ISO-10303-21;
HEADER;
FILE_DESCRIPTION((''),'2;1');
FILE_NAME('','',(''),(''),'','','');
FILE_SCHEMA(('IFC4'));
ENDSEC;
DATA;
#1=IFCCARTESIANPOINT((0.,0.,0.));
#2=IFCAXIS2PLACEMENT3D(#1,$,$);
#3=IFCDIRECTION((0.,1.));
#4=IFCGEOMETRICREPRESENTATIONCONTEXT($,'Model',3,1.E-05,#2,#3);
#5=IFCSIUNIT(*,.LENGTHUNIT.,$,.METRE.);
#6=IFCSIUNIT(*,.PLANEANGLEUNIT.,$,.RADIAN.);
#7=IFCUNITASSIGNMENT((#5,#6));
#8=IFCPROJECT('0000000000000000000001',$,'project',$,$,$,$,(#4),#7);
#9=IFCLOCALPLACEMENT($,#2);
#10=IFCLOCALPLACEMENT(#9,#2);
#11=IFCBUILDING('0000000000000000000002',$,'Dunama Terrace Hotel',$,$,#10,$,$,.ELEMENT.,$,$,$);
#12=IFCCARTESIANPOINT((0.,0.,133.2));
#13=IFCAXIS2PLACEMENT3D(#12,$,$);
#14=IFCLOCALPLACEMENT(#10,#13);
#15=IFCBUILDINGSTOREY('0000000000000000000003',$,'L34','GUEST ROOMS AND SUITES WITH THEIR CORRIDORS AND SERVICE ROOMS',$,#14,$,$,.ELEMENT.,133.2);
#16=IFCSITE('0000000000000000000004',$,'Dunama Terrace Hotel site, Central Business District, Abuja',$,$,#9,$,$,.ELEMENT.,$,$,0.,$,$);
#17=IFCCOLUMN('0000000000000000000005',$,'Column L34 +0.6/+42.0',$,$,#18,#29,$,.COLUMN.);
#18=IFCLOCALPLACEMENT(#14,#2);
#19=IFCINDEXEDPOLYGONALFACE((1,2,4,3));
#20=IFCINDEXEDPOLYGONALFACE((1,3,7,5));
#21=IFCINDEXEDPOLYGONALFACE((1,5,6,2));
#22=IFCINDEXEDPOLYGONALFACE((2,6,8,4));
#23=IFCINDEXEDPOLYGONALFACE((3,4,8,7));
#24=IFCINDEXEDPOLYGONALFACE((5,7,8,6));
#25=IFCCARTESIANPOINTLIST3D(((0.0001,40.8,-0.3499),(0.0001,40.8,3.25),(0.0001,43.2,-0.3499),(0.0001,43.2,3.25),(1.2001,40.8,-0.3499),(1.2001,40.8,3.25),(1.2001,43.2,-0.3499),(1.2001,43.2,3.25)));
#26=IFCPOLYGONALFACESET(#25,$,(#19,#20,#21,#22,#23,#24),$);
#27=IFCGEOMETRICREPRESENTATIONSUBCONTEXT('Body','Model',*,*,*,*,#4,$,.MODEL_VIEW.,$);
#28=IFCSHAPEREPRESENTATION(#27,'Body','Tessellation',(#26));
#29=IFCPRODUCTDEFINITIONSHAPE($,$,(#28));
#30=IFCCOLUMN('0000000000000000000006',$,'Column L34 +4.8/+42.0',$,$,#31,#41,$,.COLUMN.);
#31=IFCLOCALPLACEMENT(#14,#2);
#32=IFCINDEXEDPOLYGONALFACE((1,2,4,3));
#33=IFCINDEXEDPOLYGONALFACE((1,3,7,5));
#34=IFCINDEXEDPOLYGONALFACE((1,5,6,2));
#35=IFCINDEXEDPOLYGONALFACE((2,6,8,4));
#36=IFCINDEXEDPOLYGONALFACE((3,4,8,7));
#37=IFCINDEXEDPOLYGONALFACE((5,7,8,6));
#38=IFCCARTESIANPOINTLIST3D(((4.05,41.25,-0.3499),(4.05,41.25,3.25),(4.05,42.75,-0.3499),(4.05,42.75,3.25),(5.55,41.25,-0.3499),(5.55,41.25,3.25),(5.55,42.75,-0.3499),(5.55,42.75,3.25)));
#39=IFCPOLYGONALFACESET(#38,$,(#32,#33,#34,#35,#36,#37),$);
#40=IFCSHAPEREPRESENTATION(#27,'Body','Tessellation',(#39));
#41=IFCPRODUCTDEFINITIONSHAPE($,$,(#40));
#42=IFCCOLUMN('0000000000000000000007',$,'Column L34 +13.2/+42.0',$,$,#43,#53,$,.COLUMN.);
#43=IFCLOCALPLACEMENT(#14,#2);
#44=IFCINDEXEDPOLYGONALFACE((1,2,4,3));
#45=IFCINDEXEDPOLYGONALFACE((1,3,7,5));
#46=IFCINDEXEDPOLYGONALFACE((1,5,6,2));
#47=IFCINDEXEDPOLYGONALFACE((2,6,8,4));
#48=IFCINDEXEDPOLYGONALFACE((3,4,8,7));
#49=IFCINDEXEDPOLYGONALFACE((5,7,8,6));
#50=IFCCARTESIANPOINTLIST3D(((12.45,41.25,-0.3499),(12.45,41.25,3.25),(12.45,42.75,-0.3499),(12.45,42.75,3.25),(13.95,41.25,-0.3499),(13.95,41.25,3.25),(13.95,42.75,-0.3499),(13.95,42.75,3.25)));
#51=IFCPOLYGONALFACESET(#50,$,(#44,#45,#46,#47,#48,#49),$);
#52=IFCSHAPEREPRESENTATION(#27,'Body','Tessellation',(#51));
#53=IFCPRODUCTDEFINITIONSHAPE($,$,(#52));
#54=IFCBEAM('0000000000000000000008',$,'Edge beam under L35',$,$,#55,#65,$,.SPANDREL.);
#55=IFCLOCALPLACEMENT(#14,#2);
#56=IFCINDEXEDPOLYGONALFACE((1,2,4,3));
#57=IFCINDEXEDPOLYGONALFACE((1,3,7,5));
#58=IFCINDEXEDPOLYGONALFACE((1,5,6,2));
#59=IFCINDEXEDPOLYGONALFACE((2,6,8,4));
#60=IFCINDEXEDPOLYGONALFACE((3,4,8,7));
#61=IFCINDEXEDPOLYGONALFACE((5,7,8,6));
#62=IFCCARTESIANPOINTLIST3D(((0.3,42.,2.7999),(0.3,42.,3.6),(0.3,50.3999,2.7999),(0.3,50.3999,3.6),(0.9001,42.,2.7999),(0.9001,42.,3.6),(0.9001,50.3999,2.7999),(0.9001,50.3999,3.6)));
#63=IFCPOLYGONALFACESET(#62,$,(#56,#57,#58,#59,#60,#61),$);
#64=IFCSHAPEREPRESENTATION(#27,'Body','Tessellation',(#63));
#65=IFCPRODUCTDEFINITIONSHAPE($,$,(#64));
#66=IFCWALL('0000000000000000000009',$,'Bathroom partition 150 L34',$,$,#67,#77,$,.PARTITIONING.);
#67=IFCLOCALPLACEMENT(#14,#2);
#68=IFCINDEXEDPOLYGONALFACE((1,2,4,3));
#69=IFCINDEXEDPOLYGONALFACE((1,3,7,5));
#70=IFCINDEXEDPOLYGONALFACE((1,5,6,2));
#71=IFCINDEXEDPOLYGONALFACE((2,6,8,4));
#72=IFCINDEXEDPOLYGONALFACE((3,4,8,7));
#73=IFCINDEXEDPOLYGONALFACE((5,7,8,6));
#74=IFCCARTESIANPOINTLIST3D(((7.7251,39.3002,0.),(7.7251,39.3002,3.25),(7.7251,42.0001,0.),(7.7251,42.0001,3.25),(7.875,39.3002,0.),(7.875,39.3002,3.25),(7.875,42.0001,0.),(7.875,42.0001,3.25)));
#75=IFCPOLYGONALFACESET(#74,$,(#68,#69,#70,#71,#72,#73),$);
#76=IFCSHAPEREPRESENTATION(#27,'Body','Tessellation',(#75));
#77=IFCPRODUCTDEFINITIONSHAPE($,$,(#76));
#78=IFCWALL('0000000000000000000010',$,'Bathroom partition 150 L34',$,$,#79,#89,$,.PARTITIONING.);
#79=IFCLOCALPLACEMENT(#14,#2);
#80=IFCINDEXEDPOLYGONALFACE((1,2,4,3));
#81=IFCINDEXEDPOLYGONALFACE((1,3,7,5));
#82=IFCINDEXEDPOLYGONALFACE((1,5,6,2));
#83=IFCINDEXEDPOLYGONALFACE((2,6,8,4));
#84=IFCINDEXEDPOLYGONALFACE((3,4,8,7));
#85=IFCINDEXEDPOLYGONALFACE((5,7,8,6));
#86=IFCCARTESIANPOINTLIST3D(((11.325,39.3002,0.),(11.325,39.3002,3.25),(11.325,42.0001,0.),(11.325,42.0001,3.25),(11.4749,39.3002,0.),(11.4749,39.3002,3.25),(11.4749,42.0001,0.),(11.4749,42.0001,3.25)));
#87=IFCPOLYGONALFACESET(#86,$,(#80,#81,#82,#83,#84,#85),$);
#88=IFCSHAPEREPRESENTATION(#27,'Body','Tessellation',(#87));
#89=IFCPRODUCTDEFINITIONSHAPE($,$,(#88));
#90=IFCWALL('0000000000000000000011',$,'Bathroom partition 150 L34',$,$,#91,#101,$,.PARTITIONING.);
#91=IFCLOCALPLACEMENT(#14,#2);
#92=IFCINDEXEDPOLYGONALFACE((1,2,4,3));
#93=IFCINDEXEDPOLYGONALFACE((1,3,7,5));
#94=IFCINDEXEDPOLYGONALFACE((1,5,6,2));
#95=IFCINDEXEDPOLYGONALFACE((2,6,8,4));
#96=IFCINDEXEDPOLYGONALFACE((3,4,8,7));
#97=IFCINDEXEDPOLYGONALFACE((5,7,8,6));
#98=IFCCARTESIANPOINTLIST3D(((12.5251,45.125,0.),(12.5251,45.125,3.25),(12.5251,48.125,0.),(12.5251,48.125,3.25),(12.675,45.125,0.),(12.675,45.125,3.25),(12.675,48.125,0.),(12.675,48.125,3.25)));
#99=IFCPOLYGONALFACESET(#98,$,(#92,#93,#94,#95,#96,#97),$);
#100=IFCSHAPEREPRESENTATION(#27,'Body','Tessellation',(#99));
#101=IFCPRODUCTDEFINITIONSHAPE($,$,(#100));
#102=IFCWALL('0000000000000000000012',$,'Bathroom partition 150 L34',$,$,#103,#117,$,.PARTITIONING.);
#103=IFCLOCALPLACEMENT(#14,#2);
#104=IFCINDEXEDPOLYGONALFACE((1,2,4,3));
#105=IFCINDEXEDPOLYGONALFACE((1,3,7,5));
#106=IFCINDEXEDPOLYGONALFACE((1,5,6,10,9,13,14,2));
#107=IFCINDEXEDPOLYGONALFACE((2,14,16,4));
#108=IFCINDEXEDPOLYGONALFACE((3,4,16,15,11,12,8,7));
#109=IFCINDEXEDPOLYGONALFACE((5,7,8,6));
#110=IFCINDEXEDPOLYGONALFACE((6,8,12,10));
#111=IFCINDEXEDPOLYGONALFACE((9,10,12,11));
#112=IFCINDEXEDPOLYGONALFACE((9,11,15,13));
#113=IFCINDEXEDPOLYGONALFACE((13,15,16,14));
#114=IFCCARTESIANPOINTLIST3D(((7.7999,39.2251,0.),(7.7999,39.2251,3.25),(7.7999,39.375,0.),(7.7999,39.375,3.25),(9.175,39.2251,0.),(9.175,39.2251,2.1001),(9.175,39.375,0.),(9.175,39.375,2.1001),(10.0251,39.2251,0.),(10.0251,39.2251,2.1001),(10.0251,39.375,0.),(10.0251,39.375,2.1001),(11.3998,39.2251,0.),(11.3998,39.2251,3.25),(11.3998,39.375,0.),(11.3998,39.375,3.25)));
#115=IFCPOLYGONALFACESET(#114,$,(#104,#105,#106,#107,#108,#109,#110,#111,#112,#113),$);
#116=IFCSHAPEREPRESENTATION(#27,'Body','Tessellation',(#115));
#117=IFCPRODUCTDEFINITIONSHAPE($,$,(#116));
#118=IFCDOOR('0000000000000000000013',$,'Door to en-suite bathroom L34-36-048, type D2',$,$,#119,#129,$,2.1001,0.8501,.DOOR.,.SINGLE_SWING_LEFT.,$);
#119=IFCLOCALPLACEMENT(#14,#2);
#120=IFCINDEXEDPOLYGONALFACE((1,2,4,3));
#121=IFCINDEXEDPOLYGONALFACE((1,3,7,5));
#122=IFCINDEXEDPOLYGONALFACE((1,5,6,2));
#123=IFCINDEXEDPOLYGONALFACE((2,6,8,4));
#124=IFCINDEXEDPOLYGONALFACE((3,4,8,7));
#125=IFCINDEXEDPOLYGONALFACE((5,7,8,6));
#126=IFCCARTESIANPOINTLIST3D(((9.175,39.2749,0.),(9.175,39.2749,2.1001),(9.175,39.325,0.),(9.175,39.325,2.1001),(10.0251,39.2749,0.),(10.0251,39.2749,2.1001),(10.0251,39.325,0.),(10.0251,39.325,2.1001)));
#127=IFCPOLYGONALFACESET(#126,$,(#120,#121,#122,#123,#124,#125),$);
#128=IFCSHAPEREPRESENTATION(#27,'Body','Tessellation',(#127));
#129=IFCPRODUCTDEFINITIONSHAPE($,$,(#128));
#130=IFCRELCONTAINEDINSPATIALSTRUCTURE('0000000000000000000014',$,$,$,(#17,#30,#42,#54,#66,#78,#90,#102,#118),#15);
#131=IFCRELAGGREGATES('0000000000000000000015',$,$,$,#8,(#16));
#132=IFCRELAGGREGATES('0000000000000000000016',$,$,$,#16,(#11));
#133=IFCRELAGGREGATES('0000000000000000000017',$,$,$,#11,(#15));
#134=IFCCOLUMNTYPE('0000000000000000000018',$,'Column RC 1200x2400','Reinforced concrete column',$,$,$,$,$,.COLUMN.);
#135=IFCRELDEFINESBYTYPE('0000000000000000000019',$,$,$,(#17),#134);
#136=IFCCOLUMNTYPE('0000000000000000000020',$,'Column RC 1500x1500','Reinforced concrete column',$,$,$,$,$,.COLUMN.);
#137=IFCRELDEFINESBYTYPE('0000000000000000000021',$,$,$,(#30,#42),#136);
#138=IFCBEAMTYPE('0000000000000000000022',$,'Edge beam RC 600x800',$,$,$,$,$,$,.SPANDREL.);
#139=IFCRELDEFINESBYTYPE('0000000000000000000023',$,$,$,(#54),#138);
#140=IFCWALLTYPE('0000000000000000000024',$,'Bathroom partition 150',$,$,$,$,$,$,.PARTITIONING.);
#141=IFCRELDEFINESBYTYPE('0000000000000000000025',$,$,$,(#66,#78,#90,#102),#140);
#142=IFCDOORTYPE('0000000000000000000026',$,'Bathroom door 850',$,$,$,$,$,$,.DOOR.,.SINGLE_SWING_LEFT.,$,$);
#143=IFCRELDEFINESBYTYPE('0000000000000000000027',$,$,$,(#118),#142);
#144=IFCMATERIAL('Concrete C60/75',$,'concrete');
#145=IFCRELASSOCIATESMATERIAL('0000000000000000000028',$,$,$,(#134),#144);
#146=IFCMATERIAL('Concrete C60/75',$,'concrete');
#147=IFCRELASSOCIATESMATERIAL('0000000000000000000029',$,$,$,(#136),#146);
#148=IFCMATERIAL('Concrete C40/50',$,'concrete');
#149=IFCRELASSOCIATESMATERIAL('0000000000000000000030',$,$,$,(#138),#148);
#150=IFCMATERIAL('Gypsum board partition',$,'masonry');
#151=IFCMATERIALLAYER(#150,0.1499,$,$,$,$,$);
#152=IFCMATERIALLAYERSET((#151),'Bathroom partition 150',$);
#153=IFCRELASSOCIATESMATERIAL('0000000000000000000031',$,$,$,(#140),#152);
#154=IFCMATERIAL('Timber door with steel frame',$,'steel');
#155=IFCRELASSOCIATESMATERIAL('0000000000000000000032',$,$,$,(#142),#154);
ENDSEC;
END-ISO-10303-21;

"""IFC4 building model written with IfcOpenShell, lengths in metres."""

from ifc_helpers import new_model, si_unit, direction, frame, frame_2d, origin, origin_2d, place, context, subcontext, project, spatial, rectangle, extrude, material, layer, layer_set, material_profile, profile_set, type_object, element, fill, save


model = new_model("IFC4")

# Units and contexts
model_context = context("Model", 3, precision=1e-05, world=origin(), true_north=direction((0.0, 1.0)))
body_context = subcontext(model_context, "Body", "Model", "MODEL_VIEW")
ifc_project = project(units=[si_unit("LENGTHUNIT", "METRE"), si_unit("PLANEANGLEUNIT", "RADIAN")], contexts=[model_context])

# Site, building, storey
site_placement = place(None, origin())
site = spatial("IfcSite", under=ifc_project, at=site_placement, Name="Dunama Terrace Hotel site, Central Business District, Abuja", CompositionType="ELEMENT", RefElevation=0.0)
building_placement = place(site_placement, origin())
building = spatial("IfcBuilding", under=site, at=building_placement, Name="Dunama Terrace Hotel", CompositionType="ELEMENT")
storey_placement = place(building_placement, frame((0.0, 0.0, 133.2)))
storey = spatial("IfcBuildingStorey", under=building, at=storey_placement, Name="L34", Description="GUEST ROOMS AND SUITES WITH THEIR CORRIDORS AND SERVICE ROOMS", CompositionType="ELEMENT", Elevation=133.2)

# Columns
ifc_material_1 = material(Name="Concrete C60/75", Category="concrete")
ifc_material_profile_1 = material_profile(ifc_material_1, rectangle(XDim=1.2, YDim=2.3999, at=origin_2d()), Name="RC 1200x2400")
ifc_profile_set_1 = profile_set([ifc_material_profile_1], Name="Concrete C60/75")
column_type_1 = type_object("IfcColumnType", Name="Column RC 1200x2400", Description="Reinforced concrete column", PredefinedType="COLUMN", material=ifc_profile_set_1)
column_placement = place(storey_placement, frame((0.6001, 42.0, -0.3499), z_axis=(0.0, 0.0, 1.0), x_axis=(1.0, 0.0, 0.0)))
element("IfcColumn", 1, at=column_placement, inside=storey, type_object=column_type_1, Name="Column L34 +0.6/+42.0", PredefinedType="COLUMN", context=body_context, shape_type="SweptSolid", body=[
    extrude(rectangle(XDim=1.2, YDim=2.3999, at=origin_2d()), origin(), (0.0, 0.0, 1.0), 3.5999),
])
ifc_material_2 = material(Name="Concrete C60/75", Category="concrete")
ifc_material_profile_2 = material_profile(ifc_material_2, rectangle(XDim=1.5, YDim=1.5, at=origin_2d()), Name="RC 1500x1500")
ifc_profile_set_2 = profile_set([ifc_material_profile_2], Name="Concrete C60/75")
column_type_2 = type_object("IfcColumnType", Name="Column RC 1500x1500", Description="Reinforced concrete column", PredefinedType="COLUMN", material=ifc_profile_set_2)
for number, where, z_axis, x_axis, name in (
    (2, (4.8, 42.0, -0.3499), (0.0, 0.0, 1.0), (1.0, 0.0, 0.0), "Column L34 +4.8/+42.0"),
    (3, (13.2, 42.0, -0.3499), (0.0, 0.0, 1.0), (1.0, 0.0, 0.0), "Column L34 +13.2/+42.0"),
):
    element("IfcColumn", number, at=place(storey_placement, frame(where, z_axis=z_axis, x_axis=x_axis)), inside=storey, type_object=column_type_2, Name=name, PredefinedType="COLUMN", context=body_context, shape_type="SweptSolid", body=[
        extrude(rectangle(XDim=1.5, YDim=1.5, at=origin_2d()), origin(), (0.0, 0.0, 1.0), 3.5999),
    ])

# Beam
ifc_material_3 = material(Name="Concrete C40/50", Category="concrete")
ifc_material_profile_3 = material_profile(ifc_material_3, rectangle(XDim=0.6001, YDim=0.8, at=origin_2d()), Name="RC 600x800")
ifc_profile_set_3 = profile_set([ifc_material_profile_3], Name="Concrete C40/50")
beam_type = type_object("IfcBeamType", Name="Edge beam RC 600x800", PredefinedType="SPANDREL", material=ifc_profile_set_3)
beam_placement = place(storey_placement, frame((0.6001, 42.0, 3.2), z_axis=(0.0, 1.0, 0.0), x_axis=(-1.0, 0.0, 0.0)))
element("IfcBeam", 4, at=beam_placement, inside=storey, type_object=beam_type, Name="Edge beam under L35", PredefinedType="SPANDREL", context=body_context, shape_type="SweptSolid", body=[
    extrude(rectangle(XDim=0.6001, YDim=0.8, at=origin_2d()), origin(), (0.0, 0.0, 1.0), 8.3999),
])

# Walls
ifc_material_4 = material(Name="Gypsum board partition", Category="masonry")
ifc_layer_1 = layer(ifc_material_4, 0.1499)
ifc_layer_set_1 = layer_set([ifc_layer_1], Name="Bathroom partition 150")
wall_type_1 = type_object("IfcWallType", Name="Bathroom partition 150", PredefinedType="PARTITIONING", material=ifc_layer_set_1)
for number, where, z_axis, x_axis, name in (
    (5, (7.8, 39.3, 0.0), (0.0, 0.0, 1.0), (0.0, 1.0, 0.0), "Bathroom partition 150 L34"),
    (6, (11.3999, 39.3, 0.0), (0.0, 0.0, 1.0), (0.0, 1.0, 0.0), "Bathroom partition 150 L34"),
):
    element("IfcWall", number, at=place(storey_placement, frame(where, z_axis=z_axis, x_axis=x_axis)), inside=storey, type_object=wall_type_1, Name=name, PredefinedType="PARTITIONING", context=body_context, shape_type="SweptSolid", body=[
        extrude(rectangle(XDim=2.7, YDim=0.1499, at=frame_2d((1.3501, 0.0))), origin(), (0.0, 0.0, 1.0), 3.25),
    ])
wall_1_placement = place(storey_placement, frame((12.6001, 45.125, 0.0), z_axis=(0.0, 0.0, 1.0), x_axis=(0.0, 1.0, 0.0)))
element("IfcWall", 7, at=wall_1_placement, inside=storey, type_object=wall_type_1, Name="Bathroom partition 150 L34", PredefinedType="PARTITIONING", context=body_context, shape_type="SweptSolid", body=[
    extrude(rectangle(XDim=3.0, YDim=0.1499, at=frame_2d((1.5, 0.0))), origin(), (0.0, 0.0, 1.0), 3.25),
])

# Wall, opening, door
wall_2_placement = place(storey_placement, frame((7.8, 39.3, 0.0), z_axis=(0.0, 0.0, 1.0), x_axis=(1.0, 0.0, 0.0)))
wall_2 = element("IfcWall", 8, at=wall_2_placement, inside=storey, type_object=wall_type_1, Name="Bathroom partition 150 L34", PredefinedType="PARTITIONING", context=body_context, shape_type="SweptSolid", body=[
    extrude(rectangle(XDim=3.5999, YDim=0.1499, at=frame_2d((1.7998, 0.0))), origin(), (0.0, 0.0, 1.0), 3.25),
])
opening_1_placement = place(wall_2_placement, frame((1.375, 0.0, 0.0)))
opening_1 = element("IfcOpeningElement", 9, at=opening_1_placement, cuts=wall_2, PredefinedType="OPENING", context=body_context, shape_type="SweptSolid", body=[
    extrude(rectangle(XDim=0.8501, YDim=2.1001, at=frame_2d((0.425, 1.05))), frame((0.0, 0.085, 0.0), z_axis=(0.0, -1.0, 0.0), x_axis=(1.0, 0.0, 0.0)), (0.0, 0.0, 1.0), 0.1699),
])
ifc_material_5 = material(Name="Timber door with steel frame", Category="steel")
door_type_1 = type_object("IfcDoorType", Name="Bathroom door 850", OperationType="SINGLE_SWING_LEFT", PredefinedType="DOOR", material=ifc_material_5)
door_1_placement = place(opening_1_placement, origin())
door_1 = element("IfcDoor", 10, at=door_1_placement, inside=storey, type_object=door_type_1, Name="Door to en-suite bathroom L34-36-048, type D2", OperationType="SINGLE_SWING_LEFT", OverallHeight=2.1001, OverallWidth=0.8501, PredefinedType="DOOR", context=body_context, shape_type="SweptSolid", body=[
    extrude(rectangle(XDim=0.8501, YDim=2.1001, at=frame_2d((0.425, 1.05))), frame((0.0, 0.0249, 0.0), z_axis=(0.0, -1.0, 0.0), x_axis=(1.0, 0.0, 0.0)), (0.0, 0.0, 1.0), 0.05),
])
fill(opening_1, door_1)

save(model, "model.ifc")
